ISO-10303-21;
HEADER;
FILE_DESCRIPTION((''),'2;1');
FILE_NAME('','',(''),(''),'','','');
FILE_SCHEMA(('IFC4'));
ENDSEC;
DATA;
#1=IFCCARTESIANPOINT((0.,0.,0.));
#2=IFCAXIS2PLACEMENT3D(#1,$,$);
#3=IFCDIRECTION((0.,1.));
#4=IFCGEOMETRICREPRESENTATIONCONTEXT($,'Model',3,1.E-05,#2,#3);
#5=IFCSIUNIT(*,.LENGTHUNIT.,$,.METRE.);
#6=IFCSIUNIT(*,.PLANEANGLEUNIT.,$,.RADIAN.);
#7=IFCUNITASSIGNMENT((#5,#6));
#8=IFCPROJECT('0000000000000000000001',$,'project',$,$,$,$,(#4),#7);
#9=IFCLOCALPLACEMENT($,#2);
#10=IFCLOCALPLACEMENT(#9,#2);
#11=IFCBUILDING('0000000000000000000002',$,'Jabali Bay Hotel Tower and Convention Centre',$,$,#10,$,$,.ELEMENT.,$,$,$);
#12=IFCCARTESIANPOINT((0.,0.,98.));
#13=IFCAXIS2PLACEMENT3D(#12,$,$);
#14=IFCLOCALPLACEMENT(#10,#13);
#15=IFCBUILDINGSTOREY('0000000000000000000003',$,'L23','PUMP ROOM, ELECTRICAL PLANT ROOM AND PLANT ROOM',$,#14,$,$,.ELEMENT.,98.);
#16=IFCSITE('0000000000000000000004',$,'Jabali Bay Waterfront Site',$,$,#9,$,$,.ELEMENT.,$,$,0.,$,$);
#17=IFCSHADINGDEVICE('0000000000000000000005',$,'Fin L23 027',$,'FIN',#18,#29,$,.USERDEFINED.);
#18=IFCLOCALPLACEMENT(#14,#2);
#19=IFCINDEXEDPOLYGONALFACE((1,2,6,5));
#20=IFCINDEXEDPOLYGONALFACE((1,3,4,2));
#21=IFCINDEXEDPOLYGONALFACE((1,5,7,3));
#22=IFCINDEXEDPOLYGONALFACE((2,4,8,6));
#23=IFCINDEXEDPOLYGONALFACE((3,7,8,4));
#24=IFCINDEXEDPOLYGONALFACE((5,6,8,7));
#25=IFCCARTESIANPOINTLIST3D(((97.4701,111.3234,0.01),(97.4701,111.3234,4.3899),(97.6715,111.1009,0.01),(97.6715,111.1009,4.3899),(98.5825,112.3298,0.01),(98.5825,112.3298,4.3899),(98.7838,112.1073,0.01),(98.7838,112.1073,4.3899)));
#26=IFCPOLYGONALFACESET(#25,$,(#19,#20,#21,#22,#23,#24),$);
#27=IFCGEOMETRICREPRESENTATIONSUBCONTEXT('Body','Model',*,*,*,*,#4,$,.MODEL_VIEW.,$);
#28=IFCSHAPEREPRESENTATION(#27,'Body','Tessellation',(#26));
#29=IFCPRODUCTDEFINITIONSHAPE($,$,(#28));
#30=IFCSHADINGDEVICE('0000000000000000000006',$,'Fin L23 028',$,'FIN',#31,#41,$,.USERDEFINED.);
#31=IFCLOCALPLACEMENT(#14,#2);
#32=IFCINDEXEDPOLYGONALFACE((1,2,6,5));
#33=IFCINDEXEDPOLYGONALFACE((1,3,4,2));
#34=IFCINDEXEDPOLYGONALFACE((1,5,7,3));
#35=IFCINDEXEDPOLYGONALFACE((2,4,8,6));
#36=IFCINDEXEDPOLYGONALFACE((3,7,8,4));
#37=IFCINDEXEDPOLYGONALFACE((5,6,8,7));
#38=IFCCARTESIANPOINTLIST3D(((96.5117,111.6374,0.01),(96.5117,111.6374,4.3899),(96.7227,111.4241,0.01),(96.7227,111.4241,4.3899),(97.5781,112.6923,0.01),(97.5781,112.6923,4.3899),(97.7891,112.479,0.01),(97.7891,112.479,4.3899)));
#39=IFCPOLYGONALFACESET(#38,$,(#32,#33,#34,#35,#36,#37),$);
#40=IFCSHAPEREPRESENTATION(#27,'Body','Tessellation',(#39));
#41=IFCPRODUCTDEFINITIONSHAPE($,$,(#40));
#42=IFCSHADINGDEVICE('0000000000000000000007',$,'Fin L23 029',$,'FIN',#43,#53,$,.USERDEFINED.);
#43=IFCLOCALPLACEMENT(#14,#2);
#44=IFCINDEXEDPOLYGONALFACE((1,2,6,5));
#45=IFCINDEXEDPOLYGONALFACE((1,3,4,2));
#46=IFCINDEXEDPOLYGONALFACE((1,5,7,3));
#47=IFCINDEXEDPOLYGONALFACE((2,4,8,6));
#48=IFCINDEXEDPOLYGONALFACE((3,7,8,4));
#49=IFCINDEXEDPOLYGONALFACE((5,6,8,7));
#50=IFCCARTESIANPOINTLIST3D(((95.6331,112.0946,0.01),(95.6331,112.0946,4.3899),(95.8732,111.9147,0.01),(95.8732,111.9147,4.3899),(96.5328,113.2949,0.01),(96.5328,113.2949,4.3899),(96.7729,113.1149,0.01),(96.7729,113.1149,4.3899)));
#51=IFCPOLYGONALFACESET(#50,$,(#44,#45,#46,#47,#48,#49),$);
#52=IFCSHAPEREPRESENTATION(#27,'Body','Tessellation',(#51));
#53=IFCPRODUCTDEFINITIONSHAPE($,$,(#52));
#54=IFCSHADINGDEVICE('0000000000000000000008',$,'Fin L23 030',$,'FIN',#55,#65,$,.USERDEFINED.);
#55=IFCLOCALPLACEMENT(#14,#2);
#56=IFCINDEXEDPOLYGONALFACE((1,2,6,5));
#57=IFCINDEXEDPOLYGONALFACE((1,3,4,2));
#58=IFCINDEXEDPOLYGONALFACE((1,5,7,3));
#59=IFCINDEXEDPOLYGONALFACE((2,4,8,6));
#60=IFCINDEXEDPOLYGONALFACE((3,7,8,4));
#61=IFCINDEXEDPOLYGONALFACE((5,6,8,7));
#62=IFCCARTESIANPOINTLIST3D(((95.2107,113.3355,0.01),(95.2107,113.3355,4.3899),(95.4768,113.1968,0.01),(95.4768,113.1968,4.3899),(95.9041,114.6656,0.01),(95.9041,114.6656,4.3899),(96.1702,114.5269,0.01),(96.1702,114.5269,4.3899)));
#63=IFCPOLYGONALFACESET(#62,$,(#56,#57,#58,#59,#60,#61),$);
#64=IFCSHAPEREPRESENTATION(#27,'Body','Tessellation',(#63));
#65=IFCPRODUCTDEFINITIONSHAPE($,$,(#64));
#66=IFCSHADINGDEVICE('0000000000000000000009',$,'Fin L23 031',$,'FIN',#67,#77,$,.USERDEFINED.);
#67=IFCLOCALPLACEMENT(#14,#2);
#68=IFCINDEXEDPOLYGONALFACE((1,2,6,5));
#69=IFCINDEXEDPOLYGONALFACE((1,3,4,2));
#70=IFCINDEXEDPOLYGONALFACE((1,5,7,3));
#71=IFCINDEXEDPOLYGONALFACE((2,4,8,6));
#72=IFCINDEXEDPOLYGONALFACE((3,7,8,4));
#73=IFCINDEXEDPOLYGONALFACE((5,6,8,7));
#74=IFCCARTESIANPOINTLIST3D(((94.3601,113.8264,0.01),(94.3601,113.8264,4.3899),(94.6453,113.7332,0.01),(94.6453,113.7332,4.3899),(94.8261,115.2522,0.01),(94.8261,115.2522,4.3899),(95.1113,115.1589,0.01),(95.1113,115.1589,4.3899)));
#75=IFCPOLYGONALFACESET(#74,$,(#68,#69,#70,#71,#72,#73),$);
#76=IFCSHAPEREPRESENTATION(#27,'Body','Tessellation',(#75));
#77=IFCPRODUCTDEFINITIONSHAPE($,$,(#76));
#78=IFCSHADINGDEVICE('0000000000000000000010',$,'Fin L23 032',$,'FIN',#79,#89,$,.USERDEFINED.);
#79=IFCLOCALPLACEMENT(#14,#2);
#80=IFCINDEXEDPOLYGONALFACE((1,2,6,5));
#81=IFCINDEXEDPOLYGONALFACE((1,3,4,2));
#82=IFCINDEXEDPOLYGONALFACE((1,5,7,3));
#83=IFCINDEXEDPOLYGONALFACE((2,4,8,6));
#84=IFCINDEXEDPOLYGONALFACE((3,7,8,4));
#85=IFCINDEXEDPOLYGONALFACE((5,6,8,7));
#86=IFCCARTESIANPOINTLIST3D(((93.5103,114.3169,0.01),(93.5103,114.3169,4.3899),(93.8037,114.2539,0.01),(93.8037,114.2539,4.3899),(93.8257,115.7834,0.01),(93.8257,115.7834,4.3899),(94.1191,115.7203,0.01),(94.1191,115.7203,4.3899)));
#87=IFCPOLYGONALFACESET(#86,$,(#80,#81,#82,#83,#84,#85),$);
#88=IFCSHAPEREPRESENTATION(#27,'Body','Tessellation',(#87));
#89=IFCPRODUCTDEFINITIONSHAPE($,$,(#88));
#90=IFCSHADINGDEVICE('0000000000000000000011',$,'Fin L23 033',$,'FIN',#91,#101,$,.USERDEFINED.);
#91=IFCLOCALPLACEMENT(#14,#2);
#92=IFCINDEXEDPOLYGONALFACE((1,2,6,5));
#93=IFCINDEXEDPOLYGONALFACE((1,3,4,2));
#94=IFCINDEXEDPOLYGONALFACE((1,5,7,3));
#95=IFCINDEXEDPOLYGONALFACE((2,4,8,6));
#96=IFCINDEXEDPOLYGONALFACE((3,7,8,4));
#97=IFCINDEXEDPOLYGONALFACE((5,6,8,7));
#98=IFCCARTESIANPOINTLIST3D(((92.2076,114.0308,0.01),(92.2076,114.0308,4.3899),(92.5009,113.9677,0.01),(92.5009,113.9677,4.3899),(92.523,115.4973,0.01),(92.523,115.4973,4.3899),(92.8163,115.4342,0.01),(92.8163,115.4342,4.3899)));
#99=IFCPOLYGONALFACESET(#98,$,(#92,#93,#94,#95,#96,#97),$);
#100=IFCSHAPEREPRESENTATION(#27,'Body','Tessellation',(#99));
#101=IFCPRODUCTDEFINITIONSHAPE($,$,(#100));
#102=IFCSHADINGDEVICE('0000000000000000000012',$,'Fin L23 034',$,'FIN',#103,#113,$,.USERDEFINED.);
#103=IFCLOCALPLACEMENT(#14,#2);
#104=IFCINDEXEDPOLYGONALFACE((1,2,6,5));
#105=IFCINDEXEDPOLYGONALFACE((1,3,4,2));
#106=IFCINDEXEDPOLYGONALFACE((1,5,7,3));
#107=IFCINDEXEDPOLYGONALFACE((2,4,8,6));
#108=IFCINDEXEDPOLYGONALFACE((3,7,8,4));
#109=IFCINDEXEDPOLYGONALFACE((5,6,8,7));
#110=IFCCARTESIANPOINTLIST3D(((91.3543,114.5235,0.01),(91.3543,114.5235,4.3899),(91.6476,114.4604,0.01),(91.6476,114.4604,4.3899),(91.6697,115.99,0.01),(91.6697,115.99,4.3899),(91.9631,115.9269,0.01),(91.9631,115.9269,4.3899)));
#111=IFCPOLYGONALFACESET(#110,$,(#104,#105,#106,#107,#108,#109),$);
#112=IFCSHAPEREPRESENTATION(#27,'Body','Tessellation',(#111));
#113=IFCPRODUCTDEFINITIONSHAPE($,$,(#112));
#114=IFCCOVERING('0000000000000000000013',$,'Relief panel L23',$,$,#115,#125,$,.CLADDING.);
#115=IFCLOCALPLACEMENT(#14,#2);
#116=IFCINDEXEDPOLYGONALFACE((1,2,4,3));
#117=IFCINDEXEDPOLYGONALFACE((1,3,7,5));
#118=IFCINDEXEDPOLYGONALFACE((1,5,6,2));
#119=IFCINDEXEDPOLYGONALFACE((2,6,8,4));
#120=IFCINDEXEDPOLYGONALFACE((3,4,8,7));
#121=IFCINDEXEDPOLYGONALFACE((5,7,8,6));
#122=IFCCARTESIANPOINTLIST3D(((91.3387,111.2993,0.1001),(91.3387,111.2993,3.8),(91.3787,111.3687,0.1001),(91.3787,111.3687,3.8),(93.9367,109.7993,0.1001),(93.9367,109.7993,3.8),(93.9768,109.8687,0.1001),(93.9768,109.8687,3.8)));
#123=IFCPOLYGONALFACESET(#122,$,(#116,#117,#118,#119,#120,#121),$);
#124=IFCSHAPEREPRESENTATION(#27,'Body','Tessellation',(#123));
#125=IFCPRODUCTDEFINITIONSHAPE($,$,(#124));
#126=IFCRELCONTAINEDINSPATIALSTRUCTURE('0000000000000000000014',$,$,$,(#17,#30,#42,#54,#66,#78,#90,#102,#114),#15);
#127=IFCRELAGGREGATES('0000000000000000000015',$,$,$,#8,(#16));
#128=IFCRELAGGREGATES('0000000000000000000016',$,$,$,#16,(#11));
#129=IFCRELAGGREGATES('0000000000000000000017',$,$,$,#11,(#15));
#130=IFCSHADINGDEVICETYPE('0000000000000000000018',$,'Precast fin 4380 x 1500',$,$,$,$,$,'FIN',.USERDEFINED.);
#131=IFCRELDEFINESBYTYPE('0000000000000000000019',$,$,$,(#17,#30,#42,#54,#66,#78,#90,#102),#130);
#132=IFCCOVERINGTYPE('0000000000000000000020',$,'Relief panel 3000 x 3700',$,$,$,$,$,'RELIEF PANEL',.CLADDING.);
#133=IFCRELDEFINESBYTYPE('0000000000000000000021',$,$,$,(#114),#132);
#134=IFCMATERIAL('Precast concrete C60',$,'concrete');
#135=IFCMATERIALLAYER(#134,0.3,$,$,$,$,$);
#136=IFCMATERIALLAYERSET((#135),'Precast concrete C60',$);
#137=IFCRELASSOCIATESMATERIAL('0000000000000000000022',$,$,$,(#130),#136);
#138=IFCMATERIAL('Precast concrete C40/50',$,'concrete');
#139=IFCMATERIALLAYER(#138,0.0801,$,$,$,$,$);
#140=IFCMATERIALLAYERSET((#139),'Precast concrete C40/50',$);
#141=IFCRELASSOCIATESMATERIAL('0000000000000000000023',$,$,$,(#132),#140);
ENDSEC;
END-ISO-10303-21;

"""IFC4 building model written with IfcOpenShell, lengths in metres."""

from ifc_helpers import new_model, si_unit, direction, frame, frame_2d, origin, origin_2d, place, context, subcontext, project, spatial, rectangle, extrude, material, layer, layer_set, type_object, element, save


model = new_model("IFC4")

# Units and contexts
model_context = context("Model", 3, precision=1e-05, world=origin(), true_north=direction((0.0, 1.0)))
body_context = subcontext(model_context, "Body", "Model", "MODEL_VIEW")
ifc_project = project(units=[si_unit("LENGTHUNIT", "METRE"), si_unit("PLANEANGLEUNIT", "RADIAN")], contexts=[model_context])

# Site, building, storey
site_placement = place(None, origin())
site = spatial("IfcSite", under=ifc_project, at=site_placement, Name="Jabali Bay Waterfront Site", CompositionType="ELEMENT", RefElevation=0.0)
building_placement = place(site_placement, origin())
building = spatial("IfcBuilding", under=site, at=building_placement, Name="Jabali Bay Hotel Tower and Convention Centre", CompositionType="ELEMENT")
storey_placement = place(building_placement, frame((0.0, 0.0, 98.0)))
storey = spatial("IfcBuildingStorey", under=building, at=storey_placement, Name="L23", Description="PUMP ROOM, ELECTRICAL PLANT ROOM AND PLANT ROOM", CompositionType="ELEMENT", Elevation=98.0)

# Shading devices
ifc_material_1 = material(Name="Precast concrete C60", Category="concrete")
ifc_layer_1 = layer(ifc_material_1, 0.3)
ifc_layer_set_1 = layer_set([ifc_layer_1], Name="Precast concrete C60")
shading_device_type_1 = type_object("IfcShadingDeviceType", Name="Precast fin 4380 x 1500", ElementType="FIN", PredefinedType="USERDEFINED", material=ifc_layer_set_1)
for number, where, z_axis, x_axis, name in (
    (1, (97.5708, 111.2122, 0.01), (0.0, 0.0, 1.0), (0.741543, 0.670905, 0.0), "Fin L23 027"),
    (2, (96.6172, 111.5308, 0.01), (0.0, 0.0, 1.0), (0.710921, 0.703272, 0.0), "Fin L23 028"),
    (3, (95.7532, 112.0046, 0.01), (0.0, 0.0, 1.0), (0.599792, 0.800156, 0.0), "Fin L23 029"),
    (4, (95.3438, 113.2661, 0.01), (0.0, 0.0, 1.0), (0.462254, 0.886747, 0.0), "Fin L23 030"),
    (5, (94.5027, 113.7798, 0.01), (0.0, 0.0, 1.0), (0.310705, 0.950506, 0.0), "Fin L23 031"),
    (6, (93.657, 114.2854, 0.01), (0.0, 0.0, 1.0), (0.210274, 0.977643, 0.0), "Fin L23 032"),
    (7, (92.3542, 113.9993, 0.01), (0.0, 0.0, 1.0), (0.210274, 0.977643, 0.0), "Fin L23 033"),
    (8, (91.501, 114.4919, 0.01), (0.0, 0.0, 1.0), (0.210274, 0.977643, 0.0), "Fin L23 034"),
):
    element("IfcShadingDevice", number, at=place(storey_placement, frame(where, z_axis=z_axis, x_axis=x_axis)), inside=storey, type_object=shading_device_type_1, Name=name, ObjectType="FIN", PredefinedType="USERDEFINED", context=body_context, shape_type="SweptSolid", body=[
        extrude(rectangle(XDim=1.5, YDim=0.3, at=frame_2d((0.75, 0.0))), origin(), (0.0, 0.0, 1.0), 4.3799),
    ])

# Covering
ifc_material_2 = material(Name="Precast concrete C40/50", Category="concrete")
ifc_layer_2 = layer(ifc_material_2, 0.0801)
ifc_layer_set_2 = layer_set([ifc_layer_2], Name="Precast concrete C40/50")
covering_type = type_object("IfcCoveringType", Name="Relief panel 3000 x 3700", ElementType="RELIEF PANEL", PredefinedType="CLADDING", material=ifc_layer_set_2)
covering_placement = place(storey_placement, frame((92.6577, 110.584, 0.1001), z_axis=(0.0, 0.0, 1.0), x_axis=(0.866025, -0.5, 0.0)))
element("IfcCovering", 9, at=covering_placement, inside=storey, type_object=covering_type, Name="Relief panel L23", PredefinedType="CLADDING", context=body_context, shape_type="SweptSolid", body=[
    extrude(rectangle(XDim=3.0, YDim=0.0801, at=origin_2d()), origin(), (0.0, 0.0, 1.0), 3.7),
])

save(model, "model.ifc")
